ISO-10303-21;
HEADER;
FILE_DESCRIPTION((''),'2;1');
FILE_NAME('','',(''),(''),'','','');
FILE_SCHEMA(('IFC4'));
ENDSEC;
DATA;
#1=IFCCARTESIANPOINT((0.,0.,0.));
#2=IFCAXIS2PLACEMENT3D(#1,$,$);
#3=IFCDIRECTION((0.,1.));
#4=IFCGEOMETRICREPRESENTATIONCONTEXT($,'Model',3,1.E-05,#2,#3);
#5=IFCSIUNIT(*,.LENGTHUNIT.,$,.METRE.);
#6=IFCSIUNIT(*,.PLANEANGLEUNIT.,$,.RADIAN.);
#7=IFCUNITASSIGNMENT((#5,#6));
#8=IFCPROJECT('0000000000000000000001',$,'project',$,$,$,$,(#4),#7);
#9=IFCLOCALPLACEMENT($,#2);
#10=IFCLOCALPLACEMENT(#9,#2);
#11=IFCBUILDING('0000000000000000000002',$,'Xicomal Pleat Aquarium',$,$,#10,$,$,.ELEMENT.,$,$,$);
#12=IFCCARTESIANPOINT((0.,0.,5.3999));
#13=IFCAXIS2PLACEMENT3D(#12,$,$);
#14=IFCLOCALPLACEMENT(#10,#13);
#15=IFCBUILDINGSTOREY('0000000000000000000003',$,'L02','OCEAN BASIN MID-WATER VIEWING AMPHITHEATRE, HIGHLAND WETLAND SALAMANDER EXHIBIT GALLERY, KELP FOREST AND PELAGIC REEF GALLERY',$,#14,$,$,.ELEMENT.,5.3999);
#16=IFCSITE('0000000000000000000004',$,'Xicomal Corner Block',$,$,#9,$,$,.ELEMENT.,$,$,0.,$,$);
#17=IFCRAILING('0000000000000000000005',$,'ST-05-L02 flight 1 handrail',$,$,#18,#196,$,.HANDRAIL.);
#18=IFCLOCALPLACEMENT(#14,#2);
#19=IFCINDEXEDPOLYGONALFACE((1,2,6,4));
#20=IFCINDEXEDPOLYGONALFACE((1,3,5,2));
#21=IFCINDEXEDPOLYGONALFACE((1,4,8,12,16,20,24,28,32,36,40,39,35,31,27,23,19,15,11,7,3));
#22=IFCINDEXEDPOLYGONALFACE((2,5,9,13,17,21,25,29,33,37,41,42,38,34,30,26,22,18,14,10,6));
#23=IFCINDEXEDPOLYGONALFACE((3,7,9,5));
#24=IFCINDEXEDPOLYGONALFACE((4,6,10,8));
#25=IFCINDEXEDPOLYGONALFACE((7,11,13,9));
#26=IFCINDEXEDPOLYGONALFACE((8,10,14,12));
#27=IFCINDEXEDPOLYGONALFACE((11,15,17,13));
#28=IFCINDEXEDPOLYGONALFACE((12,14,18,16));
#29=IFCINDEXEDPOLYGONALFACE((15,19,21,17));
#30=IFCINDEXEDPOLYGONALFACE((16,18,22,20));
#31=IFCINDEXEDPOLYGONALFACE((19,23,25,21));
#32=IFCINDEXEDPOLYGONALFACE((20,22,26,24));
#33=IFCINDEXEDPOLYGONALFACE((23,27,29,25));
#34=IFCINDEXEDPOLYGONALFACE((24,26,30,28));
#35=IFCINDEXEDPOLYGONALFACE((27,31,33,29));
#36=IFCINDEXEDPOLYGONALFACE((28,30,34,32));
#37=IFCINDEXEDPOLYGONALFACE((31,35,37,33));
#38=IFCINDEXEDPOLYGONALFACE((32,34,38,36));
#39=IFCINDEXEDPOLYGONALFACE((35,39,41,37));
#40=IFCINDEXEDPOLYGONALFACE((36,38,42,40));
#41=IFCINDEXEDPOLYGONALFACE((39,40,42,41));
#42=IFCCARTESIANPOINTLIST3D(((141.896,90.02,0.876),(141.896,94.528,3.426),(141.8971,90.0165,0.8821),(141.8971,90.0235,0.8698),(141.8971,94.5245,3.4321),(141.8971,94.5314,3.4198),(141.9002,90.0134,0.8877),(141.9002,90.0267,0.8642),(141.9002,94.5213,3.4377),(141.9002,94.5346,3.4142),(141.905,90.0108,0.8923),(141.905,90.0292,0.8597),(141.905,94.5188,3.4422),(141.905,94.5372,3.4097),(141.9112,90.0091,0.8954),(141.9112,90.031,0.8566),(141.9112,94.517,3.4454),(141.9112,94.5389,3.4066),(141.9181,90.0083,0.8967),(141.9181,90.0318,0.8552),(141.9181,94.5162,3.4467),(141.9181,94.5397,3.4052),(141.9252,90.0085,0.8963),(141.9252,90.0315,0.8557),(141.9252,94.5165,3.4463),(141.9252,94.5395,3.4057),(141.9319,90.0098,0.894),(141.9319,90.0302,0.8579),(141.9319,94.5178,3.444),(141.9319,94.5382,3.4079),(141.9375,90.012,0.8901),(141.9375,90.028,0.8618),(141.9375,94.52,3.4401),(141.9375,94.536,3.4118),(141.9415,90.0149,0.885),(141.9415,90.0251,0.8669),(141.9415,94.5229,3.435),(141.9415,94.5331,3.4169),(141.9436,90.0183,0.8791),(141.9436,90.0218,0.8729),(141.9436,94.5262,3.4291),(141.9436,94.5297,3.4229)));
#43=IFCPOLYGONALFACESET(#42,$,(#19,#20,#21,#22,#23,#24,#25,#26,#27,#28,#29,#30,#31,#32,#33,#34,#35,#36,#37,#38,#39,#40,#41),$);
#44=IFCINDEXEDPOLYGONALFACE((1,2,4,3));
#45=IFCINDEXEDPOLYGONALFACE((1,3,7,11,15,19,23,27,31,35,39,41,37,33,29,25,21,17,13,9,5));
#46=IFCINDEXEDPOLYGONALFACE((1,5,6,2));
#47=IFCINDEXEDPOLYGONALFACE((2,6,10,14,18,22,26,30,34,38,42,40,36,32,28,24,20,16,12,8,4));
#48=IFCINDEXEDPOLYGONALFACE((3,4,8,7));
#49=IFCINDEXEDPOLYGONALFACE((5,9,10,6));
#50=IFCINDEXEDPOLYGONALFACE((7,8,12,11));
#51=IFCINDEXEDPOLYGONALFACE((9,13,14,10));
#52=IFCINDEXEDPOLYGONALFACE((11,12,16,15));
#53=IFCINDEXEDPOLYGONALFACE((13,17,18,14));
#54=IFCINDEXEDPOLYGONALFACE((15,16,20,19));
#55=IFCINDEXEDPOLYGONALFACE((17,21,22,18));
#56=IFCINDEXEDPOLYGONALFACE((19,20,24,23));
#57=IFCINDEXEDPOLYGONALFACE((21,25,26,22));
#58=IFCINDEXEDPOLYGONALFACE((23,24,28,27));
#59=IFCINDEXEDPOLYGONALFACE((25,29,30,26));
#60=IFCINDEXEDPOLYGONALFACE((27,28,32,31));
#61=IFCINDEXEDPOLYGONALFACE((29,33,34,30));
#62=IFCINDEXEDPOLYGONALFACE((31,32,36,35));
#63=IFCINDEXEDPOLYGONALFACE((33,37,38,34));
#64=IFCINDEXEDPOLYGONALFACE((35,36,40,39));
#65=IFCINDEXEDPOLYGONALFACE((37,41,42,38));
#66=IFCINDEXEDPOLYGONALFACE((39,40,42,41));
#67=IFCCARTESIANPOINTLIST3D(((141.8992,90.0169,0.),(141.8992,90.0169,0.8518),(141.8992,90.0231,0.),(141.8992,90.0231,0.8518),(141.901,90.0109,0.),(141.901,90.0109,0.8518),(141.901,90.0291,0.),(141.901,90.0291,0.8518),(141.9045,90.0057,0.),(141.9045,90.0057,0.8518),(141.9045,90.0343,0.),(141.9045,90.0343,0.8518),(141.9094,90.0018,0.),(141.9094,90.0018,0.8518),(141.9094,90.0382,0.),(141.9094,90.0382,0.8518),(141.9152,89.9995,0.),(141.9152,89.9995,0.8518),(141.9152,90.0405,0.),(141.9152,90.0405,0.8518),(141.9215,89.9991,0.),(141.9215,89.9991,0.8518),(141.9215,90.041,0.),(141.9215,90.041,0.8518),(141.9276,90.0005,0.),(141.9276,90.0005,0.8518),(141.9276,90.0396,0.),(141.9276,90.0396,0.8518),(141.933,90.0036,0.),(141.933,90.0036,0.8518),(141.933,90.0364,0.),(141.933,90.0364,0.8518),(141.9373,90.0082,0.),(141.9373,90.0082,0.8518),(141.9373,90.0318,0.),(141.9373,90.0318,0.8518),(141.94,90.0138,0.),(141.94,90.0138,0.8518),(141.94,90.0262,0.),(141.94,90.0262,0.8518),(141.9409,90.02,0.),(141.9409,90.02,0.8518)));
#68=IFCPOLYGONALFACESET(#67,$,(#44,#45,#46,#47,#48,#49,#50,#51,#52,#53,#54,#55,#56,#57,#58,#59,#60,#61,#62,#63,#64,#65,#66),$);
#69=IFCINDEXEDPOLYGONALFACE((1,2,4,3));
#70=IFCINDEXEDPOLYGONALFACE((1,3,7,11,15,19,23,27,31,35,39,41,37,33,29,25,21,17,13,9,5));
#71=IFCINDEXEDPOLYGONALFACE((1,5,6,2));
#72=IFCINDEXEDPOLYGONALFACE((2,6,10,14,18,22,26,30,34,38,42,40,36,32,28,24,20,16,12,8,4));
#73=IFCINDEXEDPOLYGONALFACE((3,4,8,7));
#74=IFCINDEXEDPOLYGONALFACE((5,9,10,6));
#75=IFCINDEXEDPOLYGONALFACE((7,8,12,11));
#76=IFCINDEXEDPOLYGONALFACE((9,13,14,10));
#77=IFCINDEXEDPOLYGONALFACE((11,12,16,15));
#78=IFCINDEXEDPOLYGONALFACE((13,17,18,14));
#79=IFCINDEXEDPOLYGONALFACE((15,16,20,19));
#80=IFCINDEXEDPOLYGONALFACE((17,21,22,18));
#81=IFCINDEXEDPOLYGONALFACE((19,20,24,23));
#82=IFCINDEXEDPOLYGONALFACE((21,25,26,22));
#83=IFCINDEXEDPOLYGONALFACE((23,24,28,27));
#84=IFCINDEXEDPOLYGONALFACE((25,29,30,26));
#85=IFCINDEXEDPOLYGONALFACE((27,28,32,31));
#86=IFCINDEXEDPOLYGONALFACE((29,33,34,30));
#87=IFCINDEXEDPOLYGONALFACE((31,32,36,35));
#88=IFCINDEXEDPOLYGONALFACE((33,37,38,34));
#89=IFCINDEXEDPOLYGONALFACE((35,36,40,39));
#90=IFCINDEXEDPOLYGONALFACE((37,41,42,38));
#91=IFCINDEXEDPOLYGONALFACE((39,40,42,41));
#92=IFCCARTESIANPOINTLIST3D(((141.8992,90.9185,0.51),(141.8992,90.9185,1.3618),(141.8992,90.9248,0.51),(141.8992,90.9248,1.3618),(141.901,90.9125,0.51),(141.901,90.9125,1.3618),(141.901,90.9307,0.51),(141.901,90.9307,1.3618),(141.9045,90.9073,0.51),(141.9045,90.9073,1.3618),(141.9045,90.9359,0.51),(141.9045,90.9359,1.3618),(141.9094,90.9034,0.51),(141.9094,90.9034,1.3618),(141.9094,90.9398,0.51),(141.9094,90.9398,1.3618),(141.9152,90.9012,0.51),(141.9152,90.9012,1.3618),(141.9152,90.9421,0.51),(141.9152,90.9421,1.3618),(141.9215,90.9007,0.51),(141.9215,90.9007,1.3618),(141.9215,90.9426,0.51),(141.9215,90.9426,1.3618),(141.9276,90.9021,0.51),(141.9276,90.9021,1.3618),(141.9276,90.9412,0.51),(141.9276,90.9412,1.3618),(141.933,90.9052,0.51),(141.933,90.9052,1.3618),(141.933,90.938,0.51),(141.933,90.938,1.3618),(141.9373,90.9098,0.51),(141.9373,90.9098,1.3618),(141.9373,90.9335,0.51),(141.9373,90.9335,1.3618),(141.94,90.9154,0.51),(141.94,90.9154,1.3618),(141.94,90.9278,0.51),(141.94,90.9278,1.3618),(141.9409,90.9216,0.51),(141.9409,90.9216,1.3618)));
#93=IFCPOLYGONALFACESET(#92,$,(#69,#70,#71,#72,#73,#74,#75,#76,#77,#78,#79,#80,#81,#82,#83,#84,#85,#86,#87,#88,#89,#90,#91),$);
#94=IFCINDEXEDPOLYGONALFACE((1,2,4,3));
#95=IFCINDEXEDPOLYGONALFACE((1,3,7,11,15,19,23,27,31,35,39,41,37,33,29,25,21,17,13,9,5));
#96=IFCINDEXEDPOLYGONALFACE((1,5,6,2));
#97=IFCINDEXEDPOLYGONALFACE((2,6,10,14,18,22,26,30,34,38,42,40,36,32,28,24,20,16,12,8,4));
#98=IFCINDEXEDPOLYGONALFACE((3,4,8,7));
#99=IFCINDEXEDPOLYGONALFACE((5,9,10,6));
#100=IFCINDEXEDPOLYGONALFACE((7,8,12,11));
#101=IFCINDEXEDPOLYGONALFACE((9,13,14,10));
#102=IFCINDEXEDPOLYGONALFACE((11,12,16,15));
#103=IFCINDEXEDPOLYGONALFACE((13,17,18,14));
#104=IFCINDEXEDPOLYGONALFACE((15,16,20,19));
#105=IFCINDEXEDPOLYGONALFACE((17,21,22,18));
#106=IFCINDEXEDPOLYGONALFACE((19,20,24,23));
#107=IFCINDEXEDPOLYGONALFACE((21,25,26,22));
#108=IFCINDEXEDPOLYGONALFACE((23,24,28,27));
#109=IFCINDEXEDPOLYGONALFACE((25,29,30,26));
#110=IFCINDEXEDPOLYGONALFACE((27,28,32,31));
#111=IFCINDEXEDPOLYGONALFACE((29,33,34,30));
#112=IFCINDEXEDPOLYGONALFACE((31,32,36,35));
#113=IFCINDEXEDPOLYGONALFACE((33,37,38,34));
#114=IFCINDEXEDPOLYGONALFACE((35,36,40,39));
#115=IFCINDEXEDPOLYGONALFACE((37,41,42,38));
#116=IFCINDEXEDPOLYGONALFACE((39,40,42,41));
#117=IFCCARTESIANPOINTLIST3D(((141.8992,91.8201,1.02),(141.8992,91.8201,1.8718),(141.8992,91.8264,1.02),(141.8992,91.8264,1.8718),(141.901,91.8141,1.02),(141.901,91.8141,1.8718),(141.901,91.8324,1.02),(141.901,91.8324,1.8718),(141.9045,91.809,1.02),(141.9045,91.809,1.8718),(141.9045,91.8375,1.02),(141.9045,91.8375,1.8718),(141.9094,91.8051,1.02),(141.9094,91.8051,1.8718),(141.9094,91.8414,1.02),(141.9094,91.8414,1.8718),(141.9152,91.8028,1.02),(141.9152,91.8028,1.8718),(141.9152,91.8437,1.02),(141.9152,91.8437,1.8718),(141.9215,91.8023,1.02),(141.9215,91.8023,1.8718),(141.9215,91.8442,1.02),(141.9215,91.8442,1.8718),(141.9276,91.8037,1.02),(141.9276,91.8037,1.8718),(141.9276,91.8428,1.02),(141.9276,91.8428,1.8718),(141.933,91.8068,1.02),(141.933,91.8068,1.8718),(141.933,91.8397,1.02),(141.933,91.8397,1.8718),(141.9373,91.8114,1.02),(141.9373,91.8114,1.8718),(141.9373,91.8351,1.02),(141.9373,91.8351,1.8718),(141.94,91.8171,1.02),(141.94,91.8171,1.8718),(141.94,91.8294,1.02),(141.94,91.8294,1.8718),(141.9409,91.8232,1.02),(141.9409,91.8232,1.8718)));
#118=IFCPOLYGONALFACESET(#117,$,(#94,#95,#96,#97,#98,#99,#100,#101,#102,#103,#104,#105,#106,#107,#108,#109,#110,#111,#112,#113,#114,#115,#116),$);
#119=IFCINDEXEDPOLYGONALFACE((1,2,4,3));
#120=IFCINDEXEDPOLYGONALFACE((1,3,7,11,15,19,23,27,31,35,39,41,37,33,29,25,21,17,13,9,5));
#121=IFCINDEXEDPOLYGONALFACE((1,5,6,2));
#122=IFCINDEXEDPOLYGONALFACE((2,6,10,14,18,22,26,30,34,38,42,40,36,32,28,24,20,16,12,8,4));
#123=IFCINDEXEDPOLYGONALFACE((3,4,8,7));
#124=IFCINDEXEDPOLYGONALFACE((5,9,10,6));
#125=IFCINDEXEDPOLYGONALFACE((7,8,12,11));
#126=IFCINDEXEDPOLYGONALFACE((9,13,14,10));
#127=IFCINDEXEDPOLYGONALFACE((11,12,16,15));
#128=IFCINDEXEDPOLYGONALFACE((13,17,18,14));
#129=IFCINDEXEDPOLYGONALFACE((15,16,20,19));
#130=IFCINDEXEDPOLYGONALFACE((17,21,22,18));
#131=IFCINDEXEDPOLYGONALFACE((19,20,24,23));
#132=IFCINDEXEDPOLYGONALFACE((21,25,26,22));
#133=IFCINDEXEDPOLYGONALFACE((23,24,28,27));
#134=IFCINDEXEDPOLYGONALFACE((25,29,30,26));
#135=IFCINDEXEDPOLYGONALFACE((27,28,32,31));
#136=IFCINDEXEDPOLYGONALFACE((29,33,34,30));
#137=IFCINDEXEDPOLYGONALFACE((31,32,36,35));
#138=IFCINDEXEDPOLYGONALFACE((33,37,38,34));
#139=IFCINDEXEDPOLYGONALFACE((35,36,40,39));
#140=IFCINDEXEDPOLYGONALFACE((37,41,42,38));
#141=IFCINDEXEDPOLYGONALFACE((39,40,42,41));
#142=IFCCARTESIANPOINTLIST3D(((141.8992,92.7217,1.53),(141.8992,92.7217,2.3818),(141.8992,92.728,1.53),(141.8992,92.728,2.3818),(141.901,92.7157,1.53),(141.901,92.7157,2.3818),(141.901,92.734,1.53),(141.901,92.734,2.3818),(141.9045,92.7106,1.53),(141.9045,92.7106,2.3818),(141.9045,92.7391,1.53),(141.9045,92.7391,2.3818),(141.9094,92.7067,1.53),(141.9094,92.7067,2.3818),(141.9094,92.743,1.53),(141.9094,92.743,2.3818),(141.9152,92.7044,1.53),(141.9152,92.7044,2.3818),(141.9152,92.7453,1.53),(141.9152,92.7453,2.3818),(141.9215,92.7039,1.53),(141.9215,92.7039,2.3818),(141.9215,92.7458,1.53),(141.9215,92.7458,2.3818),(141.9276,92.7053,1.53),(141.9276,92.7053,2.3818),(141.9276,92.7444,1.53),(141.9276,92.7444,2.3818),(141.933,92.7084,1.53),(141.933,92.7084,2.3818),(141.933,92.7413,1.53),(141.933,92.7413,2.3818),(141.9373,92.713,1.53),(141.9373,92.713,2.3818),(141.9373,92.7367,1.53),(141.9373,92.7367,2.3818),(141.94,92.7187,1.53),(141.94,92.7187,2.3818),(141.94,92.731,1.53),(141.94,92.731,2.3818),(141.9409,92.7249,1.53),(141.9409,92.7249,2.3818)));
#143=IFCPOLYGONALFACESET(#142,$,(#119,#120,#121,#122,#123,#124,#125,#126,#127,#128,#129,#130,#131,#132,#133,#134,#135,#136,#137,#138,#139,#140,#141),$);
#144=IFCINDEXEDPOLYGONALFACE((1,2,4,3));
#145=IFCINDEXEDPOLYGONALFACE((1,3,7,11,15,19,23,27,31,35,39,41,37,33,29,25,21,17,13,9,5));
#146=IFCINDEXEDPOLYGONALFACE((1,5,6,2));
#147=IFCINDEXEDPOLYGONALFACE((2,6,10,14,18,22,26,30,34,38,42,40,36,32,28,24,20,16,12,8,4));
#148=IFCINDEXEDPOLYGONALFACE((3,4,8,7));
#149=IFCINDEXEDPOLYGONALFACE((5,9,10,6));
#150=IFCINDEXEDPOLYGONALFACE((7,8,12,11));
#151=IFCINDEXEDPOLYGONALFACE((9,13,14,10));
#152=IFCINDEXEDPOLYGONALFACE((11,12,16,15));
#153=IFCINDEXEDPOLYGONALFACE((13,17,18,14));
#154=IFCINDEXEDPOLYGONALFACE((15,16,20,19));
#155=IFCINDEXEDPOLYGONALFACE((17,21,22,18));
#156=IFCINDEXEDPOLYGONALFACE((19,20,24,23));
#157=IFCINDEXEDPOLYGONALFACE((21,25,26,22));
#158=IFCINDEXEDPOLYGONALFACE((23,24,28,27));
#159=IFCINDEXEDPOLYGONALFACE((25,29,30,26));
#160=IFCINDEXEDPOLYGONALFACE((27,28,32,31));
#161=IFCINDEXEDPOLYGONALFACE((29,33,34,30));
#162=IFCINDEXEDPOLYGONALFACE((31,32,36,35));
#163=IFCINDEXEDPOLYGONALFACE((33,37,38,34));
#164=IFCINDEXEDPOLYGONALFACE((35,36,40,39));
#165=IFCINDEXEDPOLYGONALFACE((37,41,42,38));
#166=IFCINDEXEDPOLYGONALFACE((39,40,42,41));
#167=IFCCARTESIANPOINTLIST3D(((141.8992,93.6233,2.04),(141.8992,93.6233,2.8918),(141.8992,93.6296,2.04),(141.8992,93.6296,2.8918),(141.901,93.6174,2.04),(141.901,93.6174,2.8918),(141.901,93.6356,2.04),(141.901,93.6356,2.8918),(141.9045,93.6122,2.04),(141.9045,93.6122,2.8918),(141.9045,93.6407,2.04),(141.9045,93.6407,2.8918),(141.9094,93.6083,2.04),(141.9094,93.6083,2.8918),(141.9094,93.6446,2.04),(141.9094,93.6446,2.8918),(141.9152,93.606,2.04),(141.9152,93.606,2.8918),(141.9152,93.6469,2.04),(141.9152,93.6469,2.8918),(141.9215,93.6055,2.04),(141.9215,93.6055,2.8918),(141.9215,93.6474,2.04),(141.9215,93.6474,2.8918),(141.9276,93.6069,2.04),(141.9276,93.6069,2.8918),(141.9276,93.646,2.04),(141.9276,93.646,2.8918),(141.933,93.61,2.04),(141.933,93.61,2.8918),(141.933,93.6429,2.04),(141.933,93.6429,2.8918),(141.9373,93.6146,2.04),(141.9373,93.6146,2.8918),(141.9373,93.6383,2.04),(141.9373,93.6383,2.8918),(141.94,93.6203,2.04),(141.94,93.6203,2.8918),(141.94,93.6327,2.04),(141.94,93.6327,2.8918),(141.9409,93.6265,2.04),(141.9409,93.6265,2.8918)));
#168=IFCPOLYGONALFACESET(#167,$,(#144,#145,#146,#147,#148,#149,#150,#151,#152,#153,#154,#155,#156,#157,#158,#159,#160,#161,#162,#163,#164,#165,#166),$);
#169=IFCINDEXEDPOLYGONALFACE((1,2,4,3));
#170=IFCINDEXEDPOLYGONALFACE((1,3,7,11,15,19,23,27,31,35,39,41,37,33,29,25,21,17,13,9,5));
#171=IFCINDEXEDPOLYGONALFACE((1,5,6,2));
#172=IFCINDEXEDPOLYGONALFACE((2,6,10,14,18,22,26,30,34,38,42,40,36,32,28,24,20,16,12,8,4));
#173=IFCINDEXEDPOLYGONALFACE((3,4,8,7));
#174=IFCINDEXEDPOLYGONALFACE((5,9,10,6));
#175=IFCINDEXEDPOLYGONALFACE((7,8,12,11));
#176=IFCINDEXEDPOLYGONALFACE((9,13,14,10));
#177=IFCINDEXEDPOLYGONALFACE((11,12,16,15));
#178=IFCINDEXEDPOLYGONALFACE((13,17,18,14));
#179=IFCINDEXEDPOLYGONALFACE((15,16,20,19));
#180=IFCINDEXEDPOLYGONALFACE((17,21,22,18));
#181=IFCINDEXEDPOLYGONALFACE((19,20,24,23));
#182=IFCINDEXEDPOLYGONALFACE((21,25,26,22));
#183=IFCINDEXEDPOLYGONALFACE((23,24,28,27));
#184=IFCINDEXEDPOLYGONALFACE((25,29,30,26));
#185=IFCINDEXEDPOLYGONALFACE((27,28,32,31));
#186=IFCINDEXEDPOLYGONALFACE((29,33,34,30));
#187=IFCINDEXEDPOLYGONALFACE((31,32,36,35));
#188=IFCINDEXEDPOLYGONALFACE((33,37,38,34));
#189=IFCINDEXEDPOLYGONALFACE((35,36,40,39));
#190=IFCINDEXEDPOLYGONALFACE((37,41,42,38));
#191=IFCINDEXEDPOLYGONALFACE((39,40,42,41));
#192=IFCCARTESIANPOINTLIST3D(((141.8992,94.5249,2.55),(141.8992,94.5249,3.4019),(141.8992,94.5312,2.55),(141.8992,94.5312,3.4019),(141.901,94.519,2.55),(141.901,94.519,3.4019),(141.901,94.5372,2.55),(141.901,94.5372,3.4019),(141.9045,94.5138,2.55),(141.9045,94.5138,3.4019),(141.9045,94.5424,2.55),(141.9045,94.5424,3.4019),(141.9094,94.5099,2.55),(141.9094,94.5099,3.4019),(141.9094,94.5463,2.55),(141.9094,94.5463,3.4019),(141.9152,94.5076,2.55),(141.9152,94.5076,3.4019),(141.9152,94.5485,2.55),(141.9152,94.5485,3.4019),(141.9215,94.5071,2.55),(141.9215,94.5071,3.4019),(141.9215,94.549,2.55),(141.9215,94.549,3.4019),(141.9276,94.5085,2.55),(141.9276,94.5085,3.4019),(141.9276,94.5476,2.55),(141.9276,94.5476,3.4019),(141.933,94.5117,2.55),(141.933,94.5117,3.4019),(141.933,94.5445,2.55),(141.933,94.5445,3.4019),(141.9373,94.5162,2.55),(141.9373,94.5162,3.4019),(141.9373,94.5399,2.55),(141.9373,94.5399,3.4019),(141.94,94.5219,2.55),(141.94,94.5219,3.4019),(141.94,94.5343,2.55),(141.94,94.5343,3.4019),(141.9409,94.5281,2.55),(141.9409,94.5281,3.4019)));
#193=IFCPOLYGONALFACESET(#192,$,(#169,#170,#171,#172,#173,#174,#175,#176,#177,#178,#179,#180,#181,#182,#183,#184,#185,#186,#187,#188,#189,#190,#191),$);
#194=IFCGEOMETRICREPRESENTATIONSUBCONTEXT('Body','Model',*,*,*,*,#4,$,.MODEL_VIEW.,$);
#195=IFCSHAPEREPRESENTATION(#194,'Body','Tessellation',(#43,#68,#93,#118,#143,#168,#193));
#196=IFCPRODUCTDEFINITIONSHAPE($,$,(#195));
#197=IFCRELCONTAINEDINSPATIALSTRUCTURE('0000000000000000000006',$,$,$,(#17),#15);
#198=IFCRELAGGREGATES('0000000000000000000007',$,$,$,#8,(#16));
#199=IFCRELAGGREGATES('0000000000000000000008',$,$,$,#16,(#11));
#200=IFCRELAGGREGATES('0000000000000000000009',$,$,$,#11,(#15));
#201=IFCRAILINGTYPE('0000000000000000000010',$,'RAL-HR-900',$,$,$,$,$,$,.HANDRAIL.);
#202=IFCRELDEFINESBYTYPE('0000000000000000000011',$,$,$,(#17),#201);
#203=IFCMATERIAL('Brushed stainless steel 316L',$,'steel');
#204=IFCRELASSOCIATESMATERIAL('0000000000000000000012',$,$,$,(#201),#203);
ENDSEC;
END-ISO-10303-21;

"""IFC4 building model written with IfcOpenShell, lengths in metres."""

from ifc_helpers import new_model, si_unit, direction, frame, origin, origin_2d, place, context, subcontext, project, spatial, circle, extrude, material, type_object, element, save


model = new_model("IFC4")

# Units and contexts
model_context = context("Model", 3, precision=1e-05, world=origin(), true_north=direction((0.0, 1.0)))
body_context = subcontext(model_context, "Body", "Model", "MODEL_VIEW")
ifc_project = project(units=[si_unit("LENGTHUNIT", "METRE"), si_unit("PLANEANGLEUNIT", "RADIAN")], contexts=[model_context])

# Site, building, storey
site_placement = place(None, origin())
site = spatial("IfcSite", under=ifc_project, at=site_placement, Name="Xicomal Corner Block", CompositionType="ELEMENT", RefElevation=0.0)
building_placement = place(site_placement, origin())
building = spatial("IfcBuilding", under=site, at=building_placement, Name="Xicomal Pleat Aquarium", CompositionType="ELEMENT")
storey_placement = place(building_placement, frame((0.0, 0.0, 5.3999)))
storey = spatial("IfcBuildingStorey", under=building, at=storey_placement, Name="L02", Description="OCEAN BASIN MID-WATER VIEWING AMPHITHEATRE, HIGHLAND WETLAND SALAMANDER EXHIBIT GALLERY, KELP FOREST AND PELAGIC REEF GALLERY", CompositionType="ELEMENT", Elevation=5.3999)

# Railing
ifc_material_1 = material(Name="Brushed stainless steel 316L", Category="steel")
railing_type_1 = type_object("IfcRailingType", Name="RAL-HR-900", PredefinedType="HANDRAIL", material=ifc_material_1)
railing_1_placement = place(storey_placement, frame((141.9199, 90.02, 0.0)))
element("IfcRailing", 1, at=railing_1_placement, inside=storey, type_object=railing_type_1, Name="ST-05-L02 flight 1 handrail", PredefinedType="HANDRAIL", context=body_context, shape_type="SweptSolid", body=[
    extrude(circle(Radius=0.0239, at=origin_2d()), frame((0.0, 0.0, 0.876), z_axis=(0.0, 0.870396, 0.492352), x_axis=(-1.0, 0.0, 0.0)), (0.0, 0.0, 1.0), 5.1792),
    extrude(circle(Radius=0.021, at=origin_2d()), origin(), (0.0, 0.0, 1.0), 0.8518),
    extrude(circle(Radius=0.021, at=origin_2d()), frame((0.0, 0.9016, 0.51)), (0.0, 0.0, 1.0), 0.8518),
    extrude(circle(Radius=0.021, at=origin_2d()), frame((0.0, 1.8032, 1.02)), (0.0, 0.0, 1.0), 0.8518),
    extrude(circle(Radius=0.021, at=origin_2d()), frame((0.0, 2.7048, 1.53)), (0.0, 0.0, 1.0), 0.8518),
    extrude(circle(Radius=0.021, at=origin_2d()), frame((0.0, 3.6064, 2.04)), (0.0, 0.0, 1.0), 0.8518),
    extrude(circle(Radius=0.021, at=origin_2d()), frame((0.0, 4.5081, 2.55)), (0.0, 0.0, 1.0), 0.8518),
])

save(model, "model.ifc")
